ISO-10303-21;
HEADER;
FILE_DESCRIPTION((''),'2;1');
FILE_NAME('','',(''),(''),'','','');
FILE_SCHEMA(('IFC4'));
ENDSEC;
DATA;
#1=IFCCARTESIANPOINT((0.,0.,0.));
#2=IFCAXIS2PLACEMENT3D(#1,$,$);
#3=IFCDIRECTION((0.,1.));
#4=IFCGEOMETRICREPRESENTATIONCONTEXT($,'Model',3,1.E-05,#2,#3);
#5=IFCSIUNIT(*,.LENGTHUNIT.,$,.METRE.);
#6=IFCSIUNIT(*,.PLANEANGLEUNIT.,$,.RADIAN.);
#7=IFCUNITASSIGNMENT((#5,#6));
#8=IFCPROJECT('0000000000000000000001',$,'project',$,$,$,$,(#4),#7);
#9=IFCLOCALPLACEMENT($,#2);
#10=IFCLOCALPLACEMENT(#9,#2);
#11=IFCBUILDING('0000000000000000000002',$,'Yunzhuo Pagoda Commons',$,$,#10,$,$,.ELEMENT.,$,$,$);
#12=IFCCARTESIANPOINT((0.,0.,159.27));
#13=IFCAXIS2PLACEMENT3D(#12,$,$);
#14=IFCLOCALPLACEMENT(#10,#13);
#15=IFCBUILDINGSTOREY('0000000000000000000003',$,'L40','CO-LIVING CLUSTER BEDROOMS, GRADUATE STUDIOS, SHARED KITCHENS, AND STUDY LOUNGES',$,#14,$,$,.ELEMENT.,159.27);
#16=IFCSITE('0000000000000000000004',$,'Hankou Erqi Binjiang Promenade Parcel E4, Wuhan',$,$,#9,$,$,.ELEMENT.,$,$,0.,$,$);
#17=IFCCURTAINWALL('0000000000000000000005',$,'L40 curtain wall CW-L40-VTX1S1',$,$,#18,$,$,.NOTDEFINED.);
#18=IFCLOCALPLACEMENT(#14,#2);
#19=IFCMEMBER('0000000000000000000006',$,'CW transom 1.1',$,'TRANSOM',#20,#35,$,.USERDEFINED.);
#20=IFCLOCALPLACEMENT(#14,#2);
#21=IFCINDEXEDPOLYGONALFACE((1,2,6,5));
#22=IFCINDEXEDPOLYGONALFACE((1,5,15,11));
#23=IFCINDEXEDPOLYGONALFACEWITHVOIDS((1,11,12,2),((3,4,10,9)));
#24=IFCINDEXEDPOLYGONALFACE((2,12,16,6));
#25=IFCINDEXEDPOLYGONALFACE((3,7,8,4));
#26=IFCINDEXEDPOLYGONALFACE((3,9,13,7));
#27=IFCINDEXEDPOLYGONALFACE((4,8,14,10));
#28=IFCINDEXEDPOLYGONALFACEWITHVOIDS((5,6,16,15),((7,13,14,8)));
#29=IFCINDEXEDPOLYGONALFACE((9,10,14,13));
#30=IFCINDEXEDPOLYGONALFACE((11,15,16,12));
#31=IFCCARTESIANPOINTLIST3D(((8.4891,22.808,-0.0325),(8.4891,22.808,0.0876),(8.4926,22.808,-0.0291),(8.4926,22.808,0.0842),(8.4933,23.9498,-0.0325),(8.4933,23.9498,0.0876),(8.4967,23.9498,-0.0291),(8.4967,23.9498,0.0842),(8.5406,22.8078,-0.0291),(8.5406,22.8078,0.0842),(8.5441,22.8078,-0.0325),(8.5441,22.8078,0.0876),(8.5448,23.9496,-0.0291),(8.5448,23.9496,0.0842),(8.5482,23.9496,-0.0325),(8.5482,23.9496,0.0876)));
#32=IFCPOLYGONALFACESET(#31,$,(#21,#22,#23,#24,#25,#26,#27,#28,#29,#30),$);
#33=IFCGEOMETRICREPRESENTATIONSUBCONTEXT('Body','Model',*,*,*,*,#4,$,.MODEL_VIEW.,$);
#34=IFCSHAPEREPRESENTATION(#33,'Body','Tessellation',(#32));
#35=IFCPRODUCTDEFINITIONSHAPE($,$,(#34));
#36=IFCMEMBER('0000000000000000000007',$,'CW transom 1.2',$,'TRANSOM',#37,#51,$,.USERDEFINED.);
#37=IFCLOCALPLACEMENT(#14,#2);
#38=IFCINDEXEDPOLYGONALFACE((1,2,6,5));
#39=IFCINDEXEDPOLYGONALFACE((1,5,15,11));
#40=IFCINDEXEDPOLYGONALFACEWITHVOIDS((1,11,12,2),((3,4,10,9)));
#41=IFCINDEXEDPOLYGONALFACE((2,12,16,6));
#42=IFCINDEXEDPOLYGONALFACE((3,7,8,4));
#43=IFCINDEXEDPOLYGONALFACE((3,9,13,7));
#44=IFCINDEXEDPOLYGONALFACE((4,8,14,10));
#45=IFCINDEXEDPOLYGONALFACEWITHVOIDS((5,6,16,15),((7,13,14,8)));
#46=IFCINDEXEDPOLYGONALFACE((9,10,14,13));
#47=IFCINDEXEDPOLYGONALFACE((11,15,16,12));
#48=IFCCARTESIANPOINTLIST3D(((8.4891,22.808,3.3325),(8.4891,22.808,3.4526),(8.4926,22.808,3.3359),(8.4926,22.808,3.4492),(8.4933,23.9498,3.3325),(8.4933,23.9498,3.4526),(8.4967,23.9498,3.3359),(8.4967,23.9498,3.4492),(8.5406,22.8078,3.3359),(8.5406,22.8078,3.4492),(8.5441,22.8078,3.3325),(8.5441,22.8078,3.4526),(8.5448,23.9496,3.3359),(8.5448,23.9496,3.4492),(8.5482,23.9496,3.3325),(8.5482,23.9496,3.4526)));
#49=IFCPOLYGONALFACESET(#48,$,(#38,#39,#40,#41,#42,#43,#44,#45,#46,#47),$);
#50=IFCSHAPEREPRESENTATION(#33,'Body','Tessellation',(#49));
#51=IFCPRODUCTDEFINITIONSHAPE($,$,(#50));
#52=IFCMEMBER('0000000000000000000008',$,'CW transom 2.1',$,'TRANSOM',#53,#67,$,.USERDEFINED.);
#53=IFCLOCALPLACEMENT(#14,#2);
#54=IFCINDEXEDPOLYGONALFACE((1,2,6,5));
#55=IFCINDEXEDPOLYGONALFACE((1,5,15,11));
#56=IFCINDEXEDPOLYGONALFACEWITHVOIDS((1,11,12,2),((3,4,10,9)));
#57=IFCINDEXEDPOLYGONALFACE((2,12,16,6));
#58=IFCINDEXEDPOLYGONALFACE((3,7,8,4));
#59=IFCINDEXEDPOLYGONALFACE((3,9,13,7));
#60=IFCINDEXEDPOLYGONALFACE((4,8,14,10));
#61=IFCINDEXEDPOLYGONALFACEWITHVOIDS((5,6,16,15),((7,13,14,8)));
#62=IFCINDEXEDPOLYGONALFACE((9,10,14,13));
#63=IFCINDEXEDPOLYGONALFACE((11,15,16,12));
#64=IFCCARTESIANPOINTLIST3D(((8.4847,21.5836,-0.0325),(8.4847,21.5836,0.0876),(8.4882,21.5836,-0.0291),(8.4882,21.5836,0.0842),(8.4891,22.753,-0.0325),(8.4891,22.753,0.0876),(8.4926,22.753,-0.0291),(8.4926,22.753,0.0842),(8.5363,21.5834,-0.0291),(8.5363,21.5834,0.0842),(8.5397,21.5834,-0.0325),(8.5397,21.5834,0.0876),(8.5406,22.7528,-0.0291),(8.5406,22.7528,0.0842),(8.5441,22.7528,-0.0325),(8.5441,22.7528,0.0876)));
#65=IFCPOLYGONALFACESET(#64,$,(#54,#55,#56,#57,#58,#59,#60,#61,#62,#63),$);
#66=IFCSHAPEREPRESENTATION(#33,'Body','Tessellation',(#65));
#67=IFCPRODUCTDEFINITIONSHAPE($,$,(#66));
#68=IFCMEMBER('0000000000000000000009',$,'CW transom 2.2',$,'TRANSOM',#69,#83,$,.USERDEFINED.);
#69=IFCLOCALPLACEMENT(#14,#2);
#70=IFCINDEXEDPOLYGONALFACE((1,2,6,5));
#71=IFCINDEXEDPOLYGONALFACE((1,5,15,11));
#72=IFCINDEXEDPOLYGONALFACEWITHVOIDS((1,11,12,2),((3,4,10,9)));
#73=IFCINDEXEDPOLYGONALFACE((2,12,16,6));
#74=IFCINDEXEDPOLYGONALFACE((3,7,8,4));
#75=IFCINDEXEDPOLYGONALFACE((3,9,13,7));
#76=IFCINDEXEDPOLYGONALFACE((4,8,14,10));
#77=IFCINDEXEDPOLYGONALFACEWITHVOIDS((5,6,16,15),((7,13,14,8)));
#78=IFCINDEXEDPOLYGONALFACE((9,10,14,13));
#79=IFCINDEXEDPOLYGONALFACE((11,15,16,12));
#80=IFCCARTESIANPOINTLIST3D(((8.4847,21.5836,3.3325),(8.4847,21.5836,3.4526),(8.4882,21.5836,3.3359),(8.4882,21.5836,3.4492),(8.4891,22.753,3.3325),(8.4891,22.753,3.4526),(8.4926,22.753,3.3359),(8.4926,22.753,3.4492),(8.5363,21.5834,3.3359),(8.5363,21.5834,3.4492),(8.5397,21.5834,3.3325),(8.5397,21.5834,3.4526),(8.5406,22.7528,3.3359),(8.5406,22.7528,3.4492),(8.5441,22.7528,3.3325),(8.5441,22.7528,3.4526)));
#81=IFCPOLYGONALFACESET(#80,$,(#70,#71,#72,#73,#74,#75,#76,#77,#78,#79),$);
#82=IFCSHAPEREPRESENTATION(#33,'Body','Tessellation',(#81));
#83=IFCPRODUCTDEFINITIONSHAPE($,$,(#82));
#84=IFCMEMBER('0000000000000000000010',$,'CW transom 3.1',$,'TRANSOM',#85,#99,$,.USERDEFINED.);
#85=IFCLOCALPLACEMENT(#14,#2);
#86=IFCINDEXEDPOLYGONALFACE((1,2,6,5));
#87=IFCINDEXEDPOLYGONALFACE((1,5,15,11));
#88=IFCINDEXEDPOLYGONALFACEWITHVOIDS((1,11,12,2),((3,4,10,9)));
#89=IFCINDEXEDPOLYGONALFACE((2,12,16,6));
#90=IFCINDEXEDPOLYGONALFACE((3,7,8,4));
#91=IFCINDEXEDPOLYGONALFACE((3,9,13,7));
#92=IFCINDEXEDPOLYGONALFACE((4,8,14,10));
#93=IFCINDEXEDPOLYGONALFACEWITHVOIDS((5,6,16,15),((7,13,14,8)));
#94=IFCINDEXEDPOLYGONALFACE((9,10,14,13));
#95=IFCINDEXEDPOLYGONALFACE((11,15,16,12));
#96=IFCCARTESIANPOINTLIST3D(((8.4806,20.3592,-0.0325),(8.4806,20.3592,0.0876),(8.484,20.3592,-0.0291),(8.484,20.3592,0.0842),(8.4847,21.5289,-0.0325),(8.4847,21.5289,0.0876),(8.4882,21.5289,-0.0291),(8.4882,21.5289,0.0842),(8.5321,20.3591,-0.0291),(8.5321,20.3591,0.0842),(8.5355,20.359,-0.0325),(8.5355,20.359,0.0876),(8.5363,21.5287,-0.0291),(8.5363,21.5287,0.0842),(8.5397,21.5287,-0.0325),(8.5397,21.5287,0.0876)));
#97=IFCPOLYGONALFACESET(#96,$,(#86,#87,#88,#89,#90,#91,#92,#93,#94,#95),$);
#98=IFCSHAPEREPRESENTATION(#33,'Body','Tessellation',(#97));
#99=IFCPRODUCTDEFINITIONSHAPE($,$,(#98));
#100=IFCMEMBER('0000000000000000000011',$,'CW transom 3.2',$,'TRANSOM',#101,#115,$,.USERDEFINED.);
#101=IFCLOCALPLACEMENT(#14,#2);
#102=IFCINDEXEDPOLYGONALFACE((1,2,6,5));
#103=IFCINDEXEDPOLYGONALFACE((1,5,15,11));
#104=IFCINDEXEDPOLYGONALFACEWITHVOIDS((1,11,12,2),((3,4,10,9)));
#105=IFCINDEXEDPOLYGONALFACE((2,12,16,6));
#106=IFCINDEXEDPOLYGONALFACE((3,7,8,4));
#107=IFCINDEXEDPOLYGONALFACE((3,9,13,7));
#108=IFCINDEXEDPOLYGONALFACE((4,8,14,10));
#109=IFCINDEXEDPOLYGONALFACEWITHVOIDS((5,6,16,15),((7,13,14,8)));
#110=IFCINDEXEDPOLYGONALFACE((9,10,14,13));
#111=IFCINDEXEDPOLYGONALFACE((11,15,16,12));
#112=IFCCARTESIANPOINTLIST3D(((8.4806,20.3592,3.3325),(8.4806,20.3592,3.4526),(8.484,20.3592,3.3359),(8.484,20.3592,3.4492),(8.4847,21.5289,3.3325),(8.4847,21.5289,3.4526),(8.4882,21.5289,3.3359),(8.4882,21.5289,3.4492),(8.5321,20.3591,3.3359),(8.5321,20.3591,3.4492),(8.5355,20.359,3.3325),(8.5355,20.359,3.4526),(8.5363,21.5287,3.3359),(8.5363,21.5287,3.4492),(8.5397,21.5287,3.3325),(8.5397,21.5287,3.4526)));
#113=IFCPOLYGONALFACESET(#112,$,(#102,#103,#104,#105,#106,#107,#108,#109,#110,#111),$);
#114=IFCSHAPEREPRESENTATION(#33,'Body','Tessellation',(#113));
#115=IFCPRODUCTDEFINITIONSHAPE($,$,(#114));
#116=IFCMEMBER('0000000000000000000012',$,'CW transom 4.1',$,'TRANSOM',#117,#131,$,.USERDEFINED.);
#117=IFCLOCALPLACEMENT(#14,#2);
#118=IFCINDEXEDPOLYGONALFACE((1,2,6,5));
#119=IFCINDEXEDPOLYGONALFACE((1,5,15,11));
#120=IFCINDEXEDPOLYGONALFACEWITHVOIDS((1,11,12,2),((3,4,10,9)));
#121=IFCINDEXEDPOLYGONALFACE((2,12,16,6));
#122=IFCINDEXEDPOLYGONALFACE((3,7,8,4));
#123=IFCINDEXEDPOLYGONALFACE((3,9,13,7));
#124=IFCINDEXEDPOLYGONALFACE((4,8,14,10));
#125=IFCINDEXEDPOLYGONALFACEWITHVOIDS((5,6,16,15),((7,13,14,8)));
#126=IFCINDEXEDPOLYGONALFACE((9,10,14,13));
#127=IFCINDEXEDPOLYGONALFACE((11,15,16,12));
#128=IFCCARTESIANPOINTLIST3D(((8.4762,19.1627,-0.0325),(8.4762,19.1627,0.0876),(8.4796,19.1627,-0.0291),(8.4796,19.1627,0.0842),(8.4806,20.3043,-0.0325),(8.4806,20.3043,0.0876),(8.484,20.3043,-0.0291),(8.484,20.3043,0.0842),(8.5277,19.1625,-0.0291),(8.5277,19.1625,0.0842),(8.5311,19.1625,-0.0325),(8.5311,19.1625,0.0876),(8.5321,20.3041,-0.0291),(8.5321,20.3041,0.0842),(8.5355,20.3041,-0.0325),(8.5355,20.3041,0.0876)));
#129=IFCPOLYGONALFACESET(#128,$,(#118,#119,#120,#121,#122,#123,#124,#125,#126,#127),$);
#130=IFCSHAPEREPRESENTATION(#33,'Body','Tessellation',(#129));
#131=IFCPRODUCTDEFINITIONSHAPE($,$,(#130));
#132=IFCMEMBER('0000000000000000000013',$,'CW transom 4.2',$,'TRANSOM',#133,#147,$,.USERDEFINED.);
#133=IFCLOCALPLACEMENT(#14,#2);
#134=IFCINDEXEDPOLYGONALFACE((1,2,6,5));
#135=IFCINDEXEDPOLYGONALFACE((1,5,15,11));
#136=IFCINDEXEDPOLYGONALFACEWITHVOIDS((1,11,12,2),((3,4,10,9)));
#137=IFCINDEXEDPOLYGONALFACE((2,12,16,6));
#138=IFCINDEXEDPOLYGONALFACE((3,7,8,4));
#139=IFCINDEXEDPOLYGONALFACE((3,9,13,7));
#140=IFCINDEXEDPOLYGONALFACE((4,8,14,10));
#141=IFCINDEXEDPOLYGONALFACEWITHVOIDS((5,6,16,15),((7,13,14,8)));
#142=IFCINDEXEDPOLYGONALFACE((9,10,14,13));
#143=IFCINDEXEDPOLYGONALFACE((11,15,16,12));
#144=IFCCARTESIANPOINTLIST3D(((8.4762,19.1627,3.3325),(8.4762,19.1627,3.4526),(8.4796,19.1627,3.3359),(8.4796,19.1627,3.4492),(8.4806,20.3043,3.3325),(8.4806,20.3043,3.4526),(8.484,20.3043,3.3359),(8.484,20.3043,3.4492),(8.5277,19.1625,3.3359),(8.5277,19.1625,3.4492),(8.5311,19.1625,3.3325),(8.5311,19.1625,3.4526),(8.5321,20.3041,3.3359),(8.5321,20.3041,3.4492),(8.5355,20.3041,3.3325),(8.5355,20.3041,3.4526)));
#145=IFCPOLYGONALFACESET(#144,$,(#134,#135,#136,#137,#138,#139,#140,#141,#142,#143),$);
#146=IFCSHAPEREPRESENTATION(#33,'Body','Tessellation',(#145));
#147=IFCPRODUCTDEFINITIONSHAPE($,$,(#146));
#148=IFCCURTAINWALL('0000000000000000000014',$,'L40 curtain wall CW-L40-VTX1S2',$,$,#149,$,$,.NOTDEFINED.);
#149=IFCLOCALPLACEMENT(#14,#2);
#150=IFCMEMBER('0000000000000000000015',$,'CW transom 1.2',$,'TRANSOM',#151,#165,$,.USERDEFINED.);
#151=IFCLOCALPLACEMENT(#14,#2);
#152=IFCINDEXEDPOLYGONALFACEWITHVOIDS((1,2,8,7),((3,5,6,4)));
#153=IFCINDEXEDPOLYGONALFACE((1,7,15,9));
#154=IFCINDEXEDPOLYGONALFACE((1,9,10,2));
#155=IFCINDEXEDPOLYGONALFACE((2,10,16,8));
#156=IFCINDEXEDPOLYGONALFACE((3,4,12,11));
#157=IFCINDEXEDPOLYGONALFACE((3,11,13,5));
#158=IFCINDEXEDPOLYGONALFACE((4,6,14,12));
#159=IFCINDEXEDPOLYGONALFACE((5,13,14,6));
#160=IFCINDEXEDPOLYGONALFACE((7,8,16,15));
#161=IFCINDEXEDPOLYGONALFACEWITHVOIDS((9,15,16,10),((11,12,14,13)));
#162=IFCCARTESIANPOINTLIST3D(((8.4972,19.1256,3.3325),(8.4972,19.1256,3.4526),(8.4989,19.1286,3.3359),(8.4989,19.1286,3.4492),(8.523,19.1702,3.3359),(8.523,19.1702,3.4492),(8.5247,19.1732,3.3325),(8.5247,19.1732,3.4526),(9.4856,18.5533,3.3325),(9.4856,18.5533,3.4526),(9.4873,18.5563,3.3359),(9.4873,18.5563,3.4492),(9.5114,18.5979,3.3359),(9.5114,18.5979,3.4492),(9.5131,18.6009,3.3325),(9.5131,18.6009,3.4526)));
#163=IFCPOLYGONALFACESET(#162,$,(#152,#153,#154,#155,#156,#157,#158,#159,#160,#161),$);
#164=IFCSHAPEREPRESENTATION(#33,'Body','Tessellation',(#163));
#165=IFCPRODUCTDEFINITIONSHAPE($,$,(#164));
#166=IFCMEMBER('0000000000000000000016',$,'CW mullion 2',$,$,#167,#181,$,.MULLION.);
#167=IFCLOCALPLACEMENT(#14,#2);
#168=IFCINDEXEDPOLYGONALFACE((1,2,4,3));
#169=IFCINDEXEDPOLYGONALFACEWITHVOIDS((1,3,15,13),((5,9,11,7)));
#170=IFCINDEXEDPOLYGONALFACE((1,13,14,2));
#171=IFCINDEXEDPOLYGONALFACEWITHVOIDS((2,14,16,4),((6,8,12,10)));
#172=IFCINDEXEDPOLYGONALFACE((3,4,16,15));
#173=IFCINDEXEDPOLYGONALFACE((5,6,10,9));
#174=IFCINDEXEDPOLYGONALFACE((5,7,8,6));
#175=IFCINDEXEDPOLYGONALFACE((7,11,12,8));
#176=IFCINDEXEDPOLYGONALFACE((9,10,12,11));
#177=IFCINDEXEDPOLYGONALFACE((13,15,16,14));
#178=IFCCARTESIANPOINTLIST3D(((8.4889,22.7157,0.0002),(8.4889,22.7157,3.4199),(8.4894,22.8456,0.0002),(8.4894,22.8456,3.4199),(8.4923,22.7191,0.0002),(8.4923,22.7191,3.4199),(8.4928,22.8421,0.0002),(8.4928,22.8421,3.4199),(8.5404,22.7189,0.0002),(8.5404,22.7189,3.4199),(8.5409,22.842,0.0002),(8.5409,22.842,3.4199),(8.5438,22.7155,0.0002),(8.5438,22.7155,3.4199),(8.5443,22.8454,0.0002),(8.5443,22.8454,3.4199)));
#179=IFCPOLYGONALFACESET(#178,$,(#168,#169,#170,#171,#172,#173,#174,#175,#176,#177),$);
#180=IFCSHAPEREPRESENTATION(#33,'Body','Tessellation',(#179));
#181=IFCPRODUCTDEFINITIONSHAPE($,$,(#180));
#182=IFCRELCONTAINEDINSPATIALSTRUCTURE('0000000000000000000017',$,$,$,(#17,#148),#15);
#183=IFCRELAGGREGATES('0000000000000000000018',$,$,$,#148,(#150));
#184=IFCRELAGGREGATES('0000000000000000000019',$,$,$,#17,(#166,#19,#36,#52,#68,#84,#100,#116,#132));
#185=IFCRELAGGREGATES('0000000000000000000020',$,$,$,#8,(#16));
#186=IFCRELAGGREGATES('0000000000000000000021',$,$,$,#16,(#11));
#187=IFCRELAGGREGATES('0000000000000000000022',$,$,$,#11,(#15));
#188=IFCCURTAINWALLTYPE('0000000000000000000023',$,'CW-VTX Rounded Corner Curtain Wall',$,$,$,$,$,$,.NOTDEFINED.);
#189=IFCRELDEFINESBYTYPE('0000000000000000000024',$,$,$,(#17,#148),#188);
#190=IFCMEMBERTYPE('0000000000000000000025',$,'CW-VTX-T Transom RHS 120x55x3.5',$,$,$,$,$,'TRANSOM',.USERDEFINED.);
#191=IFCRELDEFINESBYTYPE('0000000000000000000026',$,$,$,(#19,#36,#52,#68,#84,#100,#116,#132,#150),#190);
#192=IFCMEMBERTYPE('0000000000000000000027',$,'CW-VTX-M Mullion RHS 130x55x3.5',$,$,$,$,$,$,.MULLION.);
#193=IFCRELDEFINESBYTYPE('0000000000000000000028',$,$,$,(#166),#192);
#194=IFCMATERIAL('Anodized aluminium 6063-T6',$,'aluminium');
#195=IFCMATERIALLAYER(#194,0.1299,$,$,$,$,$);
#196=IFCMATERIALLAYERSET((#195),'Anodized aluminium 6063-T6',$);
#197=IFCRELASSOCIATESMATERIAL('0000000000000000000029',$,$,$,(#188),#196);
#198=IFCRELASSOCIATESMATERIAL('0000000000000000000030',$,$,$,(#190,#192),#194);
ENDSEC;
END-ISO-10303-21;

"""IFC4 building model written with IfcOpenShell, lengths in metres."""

from ifc_helpers import new_model, si_unit, direction, frame, origin, origin_2d, place, context, subcontext, project, spatial, hollow_rectangle, extrude, source, transform, mapped, material, layer, layer_set, material_profile, profile_set, type_object, element, aggregate, save


model = new_model("IFC4")

# Units and contexts
model_context = context("Model", 3, precision=1e-05, world=origin(), true_north=direction((0.0, 1.0)))
body_context = subcontext(model_context, "Body", "Model", "MODEL_VIEW")
ifc_project = project(units=[si_unit("LENGTHUNIT", "METRE"), si_unit("PLANEANGLEUNIT", "RADIAN")], contexts=[model_context])

# Site, building, storey
site_placement = place(None, origin())
site = spatial("IfcSite", under=ifc_project, at=site_placement, Name="Hankou Erqi Binjiang Promenade Parcel E4, Wuhan", CompositionType="ELEMENT", RefElevation=0.0)
building_placement = place(site_placement, origin())
building = spatial("IfcBuilding", under=site, at=building_placement, Name="Yunzhuo Pagoda Commons", CompositionType="ELEMENT")
storey_placement = place(building_placement, frame((0.0, 0.0, 159.27)))
storey = spatial("IfcBuildingStorey", under=building, at=storey_placement, Name="L40", Description="CO-LIVING CLUSTER BEDROOMS, GRADUATE STUDIOS, SHARED KITCHENS, AND STUDY LOUNGES", CompositionType="ELEMENT", Elevation=159.27)

# Shared definitions
ifc_material_1 = material(Name="Anodized aluminium 6063-T6", Category="aluminium")

# Curtain wall, members
ifc_layer_1 = layer(ifc_material_1, 0.1299)
ifc_layer_set_1 = layer_set([ifc_layer_1], Name="Anodized aluminium 6063-T6")
curtain_wall_type_1 = type_object("IfcCurtainWallType", Name="CW-VTX Rounded Corner Curtain Wall", PredefinedType="NOTDEFINED", material=ifc_layer_set_1)
curtain_wall_1_placement = place(storey_placement, origin())
curtain_wall_1 = element("IfcCurtainWall", 1, at=curtain_wall_1_placement, inside=storey, type_object=curtain_wall_type_1, Name="L40 curtain wall CW-L40-VTX1S1", PredefinedType="NOTDEFINED")
ifc_material_profile_1 = material_profile(ifc_material_1, hollow_rectangle(XDim=0.0549, YDim=0.1201, WallThickness=0.0034, at=origin_2d()), Name="Anodized aluminium 6063-T6")
ifc_profile_set_1 = profile_set([ifc_material_profile_1], Name="Anodized aluminium 6063-T6")
member_type_1 = type_object("IfcMemberType", Name="CW-VTX-T Transom RHS 120x55x3.5", ElementType="TRANSOM", PredefinedType="USERDEFINED", material=ifc_profile_set_1)
shared_shape_1 = source(origin(), body_context, "Body", "SweptSolid", [
    extrude(hollow_rectangle(XDim=0.0549, YDim=0.1201, WallThickness=0.0034, at=origin_2d()), origin(), (0.0, 0.0, 1.0), 1.1418),
])
member_1_placement = place(storey_placement, frame((8.5208, 23.9497, 0.0276), z_axis=(-0.003635, -0.999993, 0.0), x_axis=(0.999993, -0.003635, 0.0)))
member_1 = element("IfcMember", 2, at=member_1_placement, type_object=member_type_1, Name="CW transom 1.1", ObjectType="TRANSOM", PredefinedType="USERDEFINED", context=body_context, shape_type="MappedRepresentation", body=[
    mapped(shared_shape_1, transform((0.0, 0.0, 0.0), scale=1.0)),
])
member_2_placement = place(storey_placement, frame((8.5208, 23.9497, 3.3926), z_axis=(-0.003635, -0.999993, 0.0), x_axis=(0.999993, -0.003635, 0.0)))
member_2 = element("IfcMember", 3, at=member_2_placement, type_object=member_type_1, Name="CW transom 1.2", ObjectType="TRANSOM", PredefinedType="USERDEFINED", context=body_context, shape_type="MappedRepresentation", body=[
    mapped(shared_shape_1, transform((0.0, 0.0, 0.0), scale=1.0)),
])
shared_shape_2 = source(origin(), body_context, "Body", "SweptSolid", [
    extrude(hollow_rectangle(XDim=0.0549, YDim=0.1201, WallThickness=0.0034, at=origin_2d()), origin(), (0.0, 0.0, 1.0), 1.1694),
])
member_3_placement = place(storey_placement, frame((8.5166, 22.7529, 0.0276), z_axis=(-0.003758, -0.999993, 0.0), x_axis=(0.999993, -0.003758, 0.0)))
member_3 = element("IfcMember", 4, at=member_3_placement, type_object=member_type_1, Name="CW transom 2.1", ObjectType="TRANSOM", PredefinedType="USERDEFINED", context=body_context, shape_type="MappedRepresentation", body=[
    mapped(shared_shape_2, transform((0.0, 0.0, 0.0), scale=1.0)),
])
member_4_placement = place(storey_placement, frame((8.5166, 22.7529, 3.3926), z_axis=(-0.003758, -0.999993, 0.0), x_axis=(0.999993, -0.003758, 0.0)))
member_4 = element("IfcMember", 5, at=member_4_placement, type_object=member_type_1, Name="CW transom 2.2", ObjectType="TRANSOM", PredefinedType="USERDEFINED", context=body_context, shape_type="MappedRepresentation", body=[
    mapped(shared_shape_2, transform((0.0, 0.0, 0.0), scale=1.0)),
])
shared_shape_3 = source(origin(), body_context, "Body", "SweptSolid", [
    extrude(hollow_rectangle(XDim=0.0549, YDim=0.1201, WallThickness=0.0034, at=origin_2d()), origin(), (0.0, 0.0, 1.0), 1.1697),
])
member_5_placement = place(storey_placement, frame((8.5122, 21.5288, 0.0276), z_axis=(-0.003548, -0.999994, 0.0), x_axis=(0.999994, -0.003548, 0.0)))
member_5 = element("IfcMember", 6, at=member_5_placement, type_object=member_type_1, Name="CW transom 3.1", ObjectType="TRANSOM", PredefinedType="USERDEFINED", context=body_context, shape_type="MappedRepresentation", body=[
    mapped(shared_shape_3, transform((0.0, 0.0, 0.0), scale=1.0)),
])
member_6_placement = place(storey_placement, frame((8.5122, 21.5288, 3.3926), z_axis=(-0.003548, -0.999994, 0.0), x_axis=(0.999994, -0.003548, 0.0)))
member_6 = element("IfcMember", 7, at=member_6_placement, type_object=member_type_1, Name="CW transom 3.2", ObjectType="TRANSOM", PredefinedType="USERDEFINED", context=body_context, shape_type="MappedRepresentation", body=[
    mapped(shared_shape_3, transform((0.0, 0.0, 0.0), scale=1.0)),
])
shared_shape_4 = source(origin(), body_context, "Body", "SweptSolid", [
    extrude(hollow_rectangle(XDim=0.0549, YDim=0.1201, WallThickness=0.0034, at=origin_2d()), origin(), (0.0, 0.0, 1.0), 1.1416),
])
member_7_placement = place(storey_placement, frame((8.5081, 20.3042, 0.0276), z_axis=(-0.003849, -0.999993, 0.0), x_axis=(0.999993, -0.003849, 0.0)))
member_7 = element("IfcMember", 8, at=member_7_placement, type_object=member_type_1, Name="CW transom 4.1", ObjectType="TRANSOM", PredefinedType="USERDEFINED", context=body_context, shape_type="MappedRepresentation", body=[
    mapped(shared_shape_4, transform((0.0, 0.0, 0.0), scale=1.0)),
])
member_8_placement = place(storey_placement, frame((8.5081, 20.3042, 3.3926), z_axis=(-0.003849, -0.999993, 0.0), x_axis=(0.999993, -0.003849, 0.0)))
member_8 = element("IfcMember", 9, at=member_8_placement, type_object=member_type_1, Name="CW transom 4.2", ObjectType="TRANSOM", PredefinedType="USERDEFINED", context=body_context, shape_type="MappedRepresentation", body=[
    mapped(shared_shape_4, transform((0.0, 0.0, 0.0), scale=1.0)),
])

# Curtain wall, member
curtain_wall_2_placement = place(storey_placement, origin())
curtain_wall_2 = element("IfcCurtainWall", 10, at=curtain_wall_2_placement, inside=storey, type_object=curtain_wall_type_1, Name="L40 curtain wall CW-L40-VTX1S2", PredefinedType="NOTDEFINED")
shared_shape_5 = source(origin(), body_context, "Body", "SweptSolid", [
    extrude(hollow_rectangle(XDim=0.0549, YDim=0.1201, WallThickness=0.0034, at=origin_2d()), origin(), (0.0, 0.0, 1.0), 1.1421),
])
member_9_placement = place(storey_placement, frame((8.511, 19.1494, 3.3926), z_axis=(0.865387, -0.501104, 0.0), x_axis=(0.501104, 0.865387, 0.0)))
member_9 = element("IfcMember", 11, at=member_9_placement, type_object=member_type_1, Name="CW transom 1.2", ObjectType="TRANSOM", PredefinedType="USERDEFINED", context=body_context, shape_type="MappedRepresentation", body=[
    mapped(shared_shape_5, transform((0.0, 0.0, 0.0), scale=1.0)),
])
aggregate(curtain_wall_2, [member_9])

# Member
ifc_material_profile_2 = material_profile(ifc_material_1, hollow_rectangle(XDim=0.0549, YDim=0.1299, WallThickness=0.0034, at=origin_2d()), Name="Anodized aluminium 6063-T6")
ifc_profile_set_2 = profile_set([ifc_material_profile_2], Name="Anodized aluminium 6063-T6")
member_type_2 = type_object("IfcMemberType", Name="CW-VTX-M Mullion RHS 130x55x3.5", PredefinedType="MULLION", material=ifc_profile_set_2)
shared_shape_6 = source(origin(), body_context, "Body", "SweptSolid", [
    extrude(hollow_rectangle(XDim=0.0549, YDim=0.1299, WallThickness=0.0034, at=origin_2d()), origin(), (0.0, 0.0, 1.0), 3.4197),
])
member_10_placement = place(storey_placement, frame((8.5166, 22.7805, 0.0002), z_axis=(0.0, 0.0, 1.0), x_axis=(0.999994, -0.003594, 0.0)))
member_10 = element("IfcMember", 12, at=member_10_placement, type_object=member_type_2, Name="CW mullion 2", PredefinedType="MULLION", context=body_context, shape_type="MappedRepresentation", body=[
    mapped(shared_shape_6, transform((0.0, 0.0, 0.0), scale=1.0)),
])

aggregate(curtain_wall_1, [member_10, member_1, member_2, member_3, member_4, member_5, member_6, member_7, member_8])

save(model, "model.ifc")
